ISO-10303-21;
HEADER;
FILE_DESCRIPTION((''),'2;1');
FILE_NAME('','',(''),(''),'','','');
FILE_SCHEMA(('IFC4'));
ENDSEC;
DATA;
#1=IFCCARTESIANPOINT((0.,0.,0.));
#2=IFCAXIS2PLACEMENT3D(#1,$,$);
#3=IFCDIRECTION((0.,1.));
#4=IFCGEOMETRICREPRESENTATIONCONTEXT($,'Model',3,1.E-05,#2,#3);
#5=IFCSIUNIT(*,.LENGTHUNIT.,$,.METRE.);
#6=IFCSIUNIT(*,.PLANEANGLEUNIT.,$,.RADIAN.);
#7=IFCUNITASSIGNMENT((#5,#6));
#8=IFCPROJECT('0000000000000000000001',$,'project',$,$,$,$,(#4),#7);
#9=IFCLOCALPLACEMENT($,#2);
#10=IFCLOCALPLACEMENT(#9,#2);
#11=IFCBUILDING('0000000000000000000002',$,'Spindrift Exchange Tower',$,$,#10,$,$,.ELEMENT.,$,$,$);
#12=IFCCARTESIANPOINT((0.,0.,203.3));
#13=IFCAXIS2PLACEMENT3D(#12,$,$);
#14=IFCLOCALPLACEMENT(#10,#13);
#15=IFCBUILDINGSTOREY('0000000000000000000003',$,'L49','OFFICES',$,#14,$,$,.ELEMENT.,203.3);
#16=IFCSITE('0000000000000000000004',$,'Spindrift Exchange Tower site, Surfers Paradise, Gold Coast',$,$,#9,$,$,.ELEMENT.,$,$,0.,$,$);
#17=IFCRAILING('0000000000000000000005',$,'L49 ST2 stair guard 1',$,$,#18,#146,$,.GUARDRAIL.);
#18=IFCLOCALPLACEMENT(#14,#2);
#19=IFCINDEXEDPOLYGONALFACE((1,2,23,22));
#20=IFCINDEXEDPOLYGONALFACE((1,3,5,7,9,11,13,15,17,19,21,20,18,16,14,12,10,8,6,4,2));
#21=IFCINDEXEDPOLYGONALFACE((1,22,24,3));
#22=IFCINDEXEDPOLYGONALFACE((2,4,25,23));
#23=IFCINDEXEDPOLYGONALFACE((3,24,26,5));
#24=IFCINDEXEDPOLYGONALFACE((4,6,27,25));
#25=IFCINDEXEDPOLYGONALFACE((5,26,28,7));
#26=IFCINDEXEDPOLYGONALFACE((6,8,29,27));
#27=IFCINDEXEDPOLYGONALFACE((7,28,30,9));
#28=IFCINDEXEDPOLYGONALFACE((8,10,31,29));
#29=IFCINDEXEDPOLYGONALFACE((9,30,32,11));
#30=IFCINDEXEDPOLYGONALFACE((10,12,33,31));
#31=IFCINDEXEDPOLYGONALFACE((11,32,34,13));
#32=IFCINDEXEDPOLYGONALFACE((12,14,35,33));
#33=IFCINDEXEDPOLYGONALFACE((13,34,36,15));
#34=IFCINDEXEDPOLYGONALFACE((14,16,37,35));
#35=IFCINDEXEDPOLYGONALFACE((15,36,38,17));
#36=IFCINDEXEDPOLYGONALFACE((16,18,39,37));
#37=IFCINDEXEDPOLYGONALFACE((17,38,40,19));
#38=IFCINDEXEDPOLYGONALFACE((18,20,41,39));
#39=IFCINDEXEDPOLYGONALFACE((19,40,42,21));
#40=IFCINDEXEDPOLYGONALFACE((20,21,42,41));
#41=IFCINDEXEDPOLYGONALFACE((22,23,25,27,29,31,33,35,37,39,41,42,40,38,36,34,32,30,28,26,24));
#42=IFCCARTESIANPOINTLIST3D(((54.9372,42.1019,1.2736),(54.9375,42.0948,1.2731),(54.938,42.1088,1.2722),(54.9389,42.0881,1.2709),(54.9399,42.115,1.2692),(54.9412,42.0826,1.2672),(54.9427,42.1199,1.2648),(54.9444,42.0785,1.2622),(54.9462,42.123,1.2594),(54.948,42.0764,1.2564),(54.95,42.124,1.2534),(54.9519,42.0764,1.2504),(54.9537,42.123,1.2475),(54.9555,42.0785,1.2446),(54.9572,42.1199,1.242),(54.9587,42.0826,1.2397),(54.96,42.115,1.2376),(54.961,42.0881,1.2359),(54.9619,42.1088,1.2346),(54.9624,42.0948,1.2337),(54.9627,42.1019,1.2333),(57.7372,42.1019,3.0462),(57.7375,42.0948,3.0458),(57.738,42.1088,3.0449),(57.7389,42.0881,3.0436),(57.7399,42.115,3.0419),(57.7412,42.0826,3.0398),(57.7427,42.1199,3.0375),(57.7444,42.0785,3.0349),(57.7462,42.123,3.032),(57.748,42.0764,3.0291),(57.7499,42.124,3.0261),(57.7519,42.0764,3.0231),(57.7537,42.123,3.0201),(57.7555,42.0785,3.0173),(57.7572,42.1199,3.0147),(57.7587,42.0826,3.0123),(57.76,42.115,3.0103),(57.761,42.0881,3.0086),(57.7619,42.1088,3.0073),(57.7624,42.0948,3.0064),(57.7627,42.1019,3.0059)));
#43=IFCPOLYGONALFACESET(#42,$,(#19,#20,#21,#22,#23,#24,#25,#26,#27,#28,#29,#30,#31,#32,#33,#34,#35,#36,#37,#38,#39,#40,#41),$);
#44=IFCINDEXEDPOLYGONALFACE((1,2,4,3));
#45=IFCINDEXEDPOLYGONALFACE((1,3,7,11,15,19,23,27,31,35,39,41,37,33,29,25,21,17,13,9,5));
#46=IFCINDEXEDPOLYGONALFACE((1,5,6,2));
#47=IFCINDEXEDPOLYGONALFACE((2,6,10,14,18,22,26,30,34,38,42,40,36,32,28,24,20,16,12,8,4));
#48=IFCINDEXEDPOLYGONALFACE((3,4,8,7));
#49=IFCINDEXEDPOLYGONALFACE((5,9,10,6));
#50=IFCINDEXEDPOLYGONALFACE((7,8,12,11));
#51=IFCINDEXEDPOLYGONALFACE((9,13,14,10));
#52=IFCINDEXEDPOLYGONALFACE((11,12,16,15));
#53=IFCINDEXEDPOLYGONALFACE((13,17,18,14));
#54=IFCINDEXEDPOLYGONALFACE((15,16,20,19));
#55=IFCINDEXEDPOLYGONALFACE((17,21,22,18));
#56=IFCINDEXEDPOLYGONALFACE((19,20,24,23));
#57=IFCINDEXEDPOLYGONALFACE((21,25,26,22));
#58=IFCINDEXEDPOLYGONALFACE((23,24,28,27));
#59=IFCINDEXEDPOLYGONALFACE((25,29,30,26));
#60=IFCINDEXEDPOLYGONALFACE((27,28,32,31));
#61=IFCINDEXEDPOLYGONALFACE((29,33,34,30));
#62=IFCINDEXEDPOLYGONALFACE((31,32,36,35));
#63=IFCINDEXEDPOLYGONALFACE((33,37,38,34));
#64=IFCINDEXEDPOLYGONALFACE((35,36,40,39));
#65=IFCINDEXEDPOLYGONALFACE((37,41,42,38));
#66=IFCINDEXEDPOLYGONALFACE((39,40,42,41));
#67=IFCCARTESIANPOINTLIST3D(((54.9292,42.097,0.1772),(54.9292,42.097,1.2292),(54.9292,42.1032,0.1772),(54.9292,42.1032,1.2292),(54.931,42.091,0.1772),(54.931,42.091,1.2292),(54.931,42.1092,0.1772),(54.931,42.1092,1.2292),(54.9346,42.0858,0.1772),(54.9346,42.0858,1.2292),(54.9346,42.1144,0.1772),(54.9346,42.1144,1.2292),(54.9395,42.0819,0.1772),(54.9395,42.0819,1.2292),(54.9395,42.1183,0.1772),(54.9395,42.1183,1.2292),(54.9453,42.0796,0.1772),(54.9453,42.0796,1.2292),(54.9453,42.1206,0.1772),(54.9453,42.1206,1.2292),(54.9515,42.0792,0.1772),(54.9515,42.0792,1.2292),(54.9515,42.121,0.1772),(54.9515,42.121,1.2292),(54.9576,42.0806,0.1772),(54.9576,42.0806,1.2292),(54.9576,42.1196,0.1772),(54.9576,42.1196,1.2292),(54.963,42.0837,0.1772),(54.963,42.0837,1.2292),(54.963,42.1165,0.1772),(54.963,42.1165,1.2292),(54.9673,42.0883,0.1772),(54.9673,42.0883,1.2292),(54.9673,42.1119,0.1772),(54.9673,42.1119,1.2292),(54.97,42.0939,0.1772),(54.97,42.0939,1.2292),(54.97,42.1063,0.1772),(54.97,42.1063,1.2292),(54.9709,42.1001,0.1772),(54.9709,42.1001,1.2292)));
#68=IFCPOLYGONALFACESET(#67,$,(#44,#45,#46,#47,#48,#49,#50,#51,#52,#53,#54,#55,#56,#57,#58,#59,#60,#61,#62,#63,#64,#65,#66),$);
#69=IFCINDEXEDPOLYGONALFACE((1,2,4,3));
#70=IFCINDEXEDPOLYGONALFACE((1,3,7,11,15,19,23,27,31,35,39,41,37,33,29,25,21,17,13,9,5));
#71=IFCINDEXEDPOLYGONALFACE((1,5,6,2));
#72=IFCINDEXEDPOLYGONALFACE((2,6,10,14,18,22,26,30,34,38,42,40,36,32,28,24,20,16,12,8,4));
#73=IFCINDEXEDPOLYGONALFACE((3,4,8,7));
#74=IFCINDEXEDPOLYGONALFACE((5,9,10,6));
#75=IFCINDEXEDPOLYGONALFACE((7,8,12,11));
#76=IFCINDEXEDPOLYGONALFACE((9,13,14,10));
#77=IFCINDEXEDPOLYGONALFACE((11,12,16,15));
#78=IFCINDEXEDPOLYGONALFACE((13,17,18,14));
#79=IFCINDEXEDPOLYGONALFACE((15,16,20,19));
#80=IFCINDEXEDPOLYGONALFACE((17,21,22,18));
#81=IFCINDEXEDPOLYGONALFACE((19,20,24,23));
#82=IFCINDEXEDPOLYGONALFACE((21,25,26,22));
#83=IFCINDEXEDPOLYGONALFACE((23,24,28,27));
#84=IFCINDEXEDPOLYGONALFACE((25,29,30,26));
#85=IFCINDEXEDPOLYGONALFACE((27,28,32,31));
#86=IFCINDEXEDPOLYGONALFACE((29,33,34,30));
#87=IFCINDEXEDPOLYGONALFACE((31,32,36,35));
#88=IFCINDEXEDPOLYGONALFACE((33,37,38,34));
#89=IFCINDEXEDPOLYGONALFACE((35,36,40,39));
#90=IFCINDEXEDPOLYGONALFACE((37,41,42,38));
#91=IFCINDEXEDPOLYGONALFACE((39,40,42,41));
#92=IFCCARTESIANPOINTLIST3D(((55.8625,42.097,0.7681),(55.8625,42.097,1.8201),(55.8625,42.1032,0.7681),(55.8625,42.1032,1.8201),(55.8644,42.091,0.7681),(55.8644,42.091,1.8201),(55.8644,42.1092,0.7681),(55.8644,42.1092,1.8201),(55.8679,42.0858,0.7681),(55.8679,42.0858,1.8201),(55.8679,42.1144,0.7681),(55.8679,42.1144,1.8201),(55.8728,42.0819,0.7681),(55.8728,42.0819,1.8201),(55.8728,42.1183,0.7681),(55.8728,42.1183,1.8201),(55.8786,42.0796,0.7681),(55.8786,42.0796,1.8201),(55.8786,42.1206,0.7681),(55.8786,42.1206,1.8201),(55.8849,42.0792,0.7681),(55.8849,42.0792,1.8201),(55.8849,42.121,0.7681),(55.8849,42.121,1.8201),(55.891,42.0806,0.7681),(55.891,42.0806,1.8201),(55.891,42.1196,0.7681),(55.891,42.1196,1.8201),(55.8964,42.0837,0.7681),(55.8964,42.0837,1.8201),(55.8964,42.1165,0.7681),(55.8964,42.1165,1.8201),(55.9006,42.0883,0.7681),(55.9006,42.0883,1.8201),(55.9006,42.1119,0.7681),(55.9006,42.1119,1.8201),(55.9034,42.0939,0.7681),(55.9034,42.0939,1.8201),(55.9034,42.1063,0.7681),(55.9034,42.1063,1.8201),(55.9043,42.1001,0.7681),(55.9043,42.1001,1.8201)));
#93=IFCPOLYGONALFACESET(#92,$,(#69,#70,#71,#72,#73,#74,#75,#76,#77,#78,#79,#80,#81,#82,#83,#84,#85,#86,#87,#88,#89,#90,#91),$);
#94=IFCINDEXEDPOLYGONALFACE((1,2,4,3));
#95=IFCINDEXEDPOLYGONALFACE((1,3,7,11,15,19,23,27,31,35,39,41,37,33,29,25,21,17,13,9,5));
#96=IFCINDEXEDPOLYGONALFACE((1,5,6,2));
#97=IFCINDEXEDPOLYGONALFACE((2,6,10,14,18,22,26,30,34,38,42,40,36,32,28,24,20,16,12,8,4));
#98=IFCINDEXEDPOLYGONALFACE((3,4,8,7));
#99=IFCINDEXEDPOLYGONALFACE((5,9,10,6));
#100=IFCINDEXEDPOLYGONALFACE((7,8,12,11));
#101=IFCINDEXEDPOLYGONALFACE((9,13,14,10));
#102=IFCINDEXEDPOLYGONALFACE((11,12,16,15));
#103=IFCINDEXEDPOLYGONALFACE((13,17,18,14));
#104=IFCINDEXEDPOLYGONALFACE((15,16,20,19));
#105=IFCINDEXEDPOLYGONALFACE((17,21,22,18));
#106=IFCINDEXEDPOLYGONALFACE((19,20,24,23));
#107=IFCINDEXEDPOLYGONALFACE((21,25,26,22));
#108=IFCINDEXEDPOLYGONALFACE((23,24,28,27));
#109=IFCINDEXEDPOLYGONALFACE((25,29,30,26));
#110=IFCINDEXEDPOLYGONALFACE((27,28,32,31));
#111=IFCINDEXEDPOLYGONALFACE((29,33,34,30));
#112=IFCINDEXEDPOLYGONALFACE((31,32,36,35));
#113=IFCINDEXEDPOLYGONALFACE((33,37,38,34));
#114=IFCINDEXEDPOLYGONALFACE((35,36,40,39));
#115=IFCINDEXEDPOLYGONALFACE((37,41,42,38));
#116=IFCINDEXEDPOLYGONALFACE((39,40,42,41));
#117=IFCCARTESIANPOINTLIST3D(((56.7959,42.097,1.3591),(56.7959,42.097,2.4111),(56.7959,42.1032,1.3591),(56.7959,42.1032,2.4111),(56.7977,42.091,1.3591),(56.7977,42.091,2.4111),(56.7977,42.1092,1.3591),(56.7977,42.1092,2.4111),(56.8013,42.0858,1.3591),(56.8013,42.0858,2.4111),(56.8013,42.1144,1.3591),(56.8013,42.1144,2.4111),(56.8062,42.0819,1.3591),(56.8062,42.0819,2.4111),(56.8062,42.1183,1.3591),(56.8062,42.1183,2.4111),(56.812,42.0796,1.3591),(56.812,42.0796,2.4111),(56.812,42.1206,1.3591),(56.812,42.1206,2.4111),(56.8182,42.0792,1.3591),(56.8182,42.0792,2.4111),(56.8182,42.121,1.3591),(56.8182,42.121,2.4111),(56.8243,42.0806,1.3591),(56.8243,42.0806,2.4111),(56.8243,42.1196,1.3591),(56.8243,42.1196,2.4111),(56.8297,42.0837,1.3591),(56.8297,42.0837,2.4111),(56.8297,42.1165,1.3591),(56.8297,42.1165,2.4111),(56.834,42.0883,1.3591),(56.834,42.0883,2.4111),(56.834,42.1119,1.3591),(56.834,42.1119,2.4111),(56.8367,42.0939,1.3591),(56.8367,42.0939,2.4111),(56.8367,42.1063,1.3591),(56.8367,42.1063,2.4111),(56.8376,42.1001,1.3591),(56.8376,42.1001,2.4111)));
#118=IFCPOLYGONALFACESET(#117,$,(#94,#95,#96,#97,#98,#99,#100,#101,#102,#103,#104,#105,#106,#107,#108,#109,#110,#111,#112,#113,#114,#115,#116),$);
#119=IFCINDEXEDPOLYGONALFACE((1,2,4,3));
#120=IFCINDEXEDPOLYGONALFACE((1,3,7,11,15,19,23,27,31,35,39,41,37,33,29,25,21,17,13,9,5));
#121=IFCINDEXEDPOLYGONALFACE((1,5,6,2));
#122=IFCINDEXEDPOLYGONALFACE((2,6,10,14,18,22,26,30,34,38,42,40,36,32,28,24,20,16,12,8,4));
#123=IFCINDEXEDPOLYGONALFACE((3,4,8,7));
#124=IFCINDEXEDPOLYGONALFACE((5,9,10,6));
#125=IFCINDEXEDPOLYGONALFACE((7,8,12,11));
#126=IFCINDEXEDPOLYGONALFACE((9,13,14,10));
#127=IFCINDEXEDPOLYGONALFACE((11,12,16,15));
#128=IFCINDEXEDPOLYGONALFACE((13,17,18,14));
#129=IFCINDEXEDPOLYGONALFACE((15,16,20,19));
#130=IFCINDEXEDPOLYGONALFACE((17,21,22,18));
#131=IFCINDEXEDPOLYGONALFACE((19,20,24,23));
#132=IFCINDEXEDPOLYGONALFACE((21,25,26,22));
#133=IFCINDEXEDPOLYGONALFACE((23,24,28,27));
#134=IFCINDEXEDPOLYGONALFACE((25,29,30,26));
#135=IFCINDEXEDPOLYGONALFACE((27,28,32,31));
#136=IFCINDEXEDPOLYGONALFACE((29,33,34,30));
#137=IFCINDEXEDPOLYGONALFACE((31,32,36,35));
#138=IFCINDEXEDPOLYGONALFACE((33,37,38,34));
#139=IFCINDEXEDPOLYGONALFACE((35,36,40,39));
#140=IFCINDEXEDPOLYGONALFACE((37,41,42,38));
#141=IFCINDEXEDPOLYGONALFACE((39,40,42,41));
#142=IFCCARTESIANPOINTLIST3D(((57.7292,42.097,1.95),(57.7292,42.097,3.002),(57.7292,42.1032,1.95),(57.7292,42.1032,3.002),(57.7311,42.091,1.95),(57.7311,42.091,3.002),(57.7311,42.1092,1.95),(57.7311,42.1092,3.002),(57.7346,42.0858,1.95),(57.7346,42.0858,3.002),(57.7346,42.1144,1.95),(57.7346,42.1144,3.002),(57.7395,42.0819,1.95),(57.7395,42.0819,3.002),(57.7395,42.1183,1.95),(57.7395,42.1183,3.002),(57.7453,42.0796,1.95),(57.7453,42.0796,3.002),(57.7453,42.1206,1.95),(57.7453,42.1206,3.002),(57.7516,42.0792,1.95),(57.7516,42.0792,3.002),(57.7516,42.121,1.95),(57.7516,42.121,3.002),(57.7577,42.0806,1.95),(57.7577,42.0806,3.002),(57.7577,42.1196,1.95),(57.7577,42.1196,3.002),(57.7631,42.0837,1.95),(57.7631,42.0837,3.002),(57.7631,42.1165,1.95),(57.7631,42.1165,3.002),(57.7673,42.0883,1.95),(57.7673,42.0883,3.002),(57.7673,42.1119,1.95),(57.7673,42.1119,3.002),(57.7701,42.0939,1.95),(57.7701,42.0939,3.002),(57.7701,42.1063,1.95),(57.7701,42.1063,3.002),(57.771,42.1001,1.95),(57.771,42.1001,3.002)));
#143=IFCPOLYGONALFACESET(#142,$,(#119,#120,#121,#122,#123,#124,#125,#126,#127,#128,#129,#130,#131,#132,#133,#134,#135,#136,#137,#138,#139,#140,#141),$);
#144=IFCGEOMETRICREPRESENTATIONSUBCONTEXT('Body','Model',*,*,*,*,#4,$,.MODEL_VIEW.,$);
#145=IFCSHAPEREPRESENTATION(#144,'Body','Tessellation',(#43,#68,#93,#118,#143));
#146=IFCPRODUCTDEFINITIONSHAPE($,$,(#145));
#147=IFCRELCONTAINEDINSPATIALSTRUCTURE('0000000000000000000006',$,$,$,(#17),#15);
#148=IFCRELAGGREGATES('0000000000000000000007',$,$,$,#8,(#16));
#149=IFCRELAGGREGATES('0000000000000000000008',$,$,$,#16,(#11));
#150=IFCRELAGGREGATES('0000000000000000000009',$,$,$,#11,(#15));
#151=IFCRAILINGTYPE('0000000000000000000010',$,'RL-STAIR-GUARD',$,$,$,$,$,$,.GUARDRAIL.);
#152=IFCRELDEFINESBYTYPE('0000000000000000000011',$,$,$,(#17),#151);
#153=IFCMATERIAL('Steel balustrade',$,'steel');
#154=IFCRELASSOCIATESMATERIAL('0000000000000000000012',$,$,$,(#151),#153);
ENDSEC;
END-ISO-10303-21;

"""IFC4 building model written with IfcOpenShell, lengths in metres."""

from ifc_helpers import new_model, si_unit, direction, frame, origin, origin_2d, place, context, subcontext, project, spatial, circle, extrude, material, type_object, element, save


model = new_model("IFC4")

# Units and contexts
model_context = context("Model", 3, precision=1e-05, world=origin(), true_north=direction((0.0, 1.0)))
body_context = subcontext(model_context, "Body", "Model", "MODEL_VIEW")
ifc_project = project(units=[si_unit("LENGTHUNIT", "METRE"), si_unit("PLANEANGLEUNIT", "RADIAN")], contexts=[model_context])

# Site, building, storey
site_placement = place(None, origin())
site = spatial("IfcSite", under=ifc_project, at=site_placement, Name="Spindrift Exchange Tower site, Surfers Paradise, Gold Coast", CompositionType="ELEMENT", RefElevation=0.0)
building_placement = place(site_placement, origin())
building = spatial("IfcBuilding", under=site, at=building_placement, Name="Spindrift Exchange Tower", CompositionType="ELEMENT")
storey_placement = place(building_placement, frame((0.0, 0.0, 203.3)))
storey = spatial("IfcBuildingStorey", under=building, at=storey_placement, Name="L49", Description="OFFICES", CompositionType="ELEMENT", Elevation=203.3)

# Railing
ifc_material_1 = material(Name="Steel balustrade", Category="steel")
railing_type_1 = type_object("IfcRailingType", Name="RL-STAIR-GUARD", PredefinedType="GUARDRAIL", material=ifc_material_1)
railing_1_placement = place(storey_placement, frame((54.95, 42.1001, 0.1772)))
element("IfcRailing", 1, at=railing_1_placement, inside=storey, type_object=railing_type_1, Name="L49 ST2 stair guard 1", PredefinedType="GUARDRAIL", context=body_context, shape_type="SweptSolid", body=[
    extrude(circle(Radius=0.0239, at=origin_2d()), frame((0.0, 0.0, 1.0762), z_axis=(0.844909, 0.0, 0.53491), x_axis=(0.0, 1.0, 0.0)), (0.0, 0.0, 1.0), 3.314),
    extrude(circle(Radius=0.021, at=origin_2d()), origin(), (0.0, 0.0, 1.0), 1.052),
    extrude(circle(Radius=0.021, at=origin_2d()), frame((0.9333, 0.0, 0.5908)), (0.0, 0.0, 1.0), 1.052),
    extrude(circle(Radius=0.021, at=origin_2d()), frame((1.8667, 0.0, 1.1819)), (0.0, 0.0, 1.0), 1.052),
    extrude(circle(Radius=0.021, at=origin_2d()), frame((2.8, 0.0, 1.7727)), (0.0, 0.0, 1.0), 1.052),
])

save(model, "model.ifc")
